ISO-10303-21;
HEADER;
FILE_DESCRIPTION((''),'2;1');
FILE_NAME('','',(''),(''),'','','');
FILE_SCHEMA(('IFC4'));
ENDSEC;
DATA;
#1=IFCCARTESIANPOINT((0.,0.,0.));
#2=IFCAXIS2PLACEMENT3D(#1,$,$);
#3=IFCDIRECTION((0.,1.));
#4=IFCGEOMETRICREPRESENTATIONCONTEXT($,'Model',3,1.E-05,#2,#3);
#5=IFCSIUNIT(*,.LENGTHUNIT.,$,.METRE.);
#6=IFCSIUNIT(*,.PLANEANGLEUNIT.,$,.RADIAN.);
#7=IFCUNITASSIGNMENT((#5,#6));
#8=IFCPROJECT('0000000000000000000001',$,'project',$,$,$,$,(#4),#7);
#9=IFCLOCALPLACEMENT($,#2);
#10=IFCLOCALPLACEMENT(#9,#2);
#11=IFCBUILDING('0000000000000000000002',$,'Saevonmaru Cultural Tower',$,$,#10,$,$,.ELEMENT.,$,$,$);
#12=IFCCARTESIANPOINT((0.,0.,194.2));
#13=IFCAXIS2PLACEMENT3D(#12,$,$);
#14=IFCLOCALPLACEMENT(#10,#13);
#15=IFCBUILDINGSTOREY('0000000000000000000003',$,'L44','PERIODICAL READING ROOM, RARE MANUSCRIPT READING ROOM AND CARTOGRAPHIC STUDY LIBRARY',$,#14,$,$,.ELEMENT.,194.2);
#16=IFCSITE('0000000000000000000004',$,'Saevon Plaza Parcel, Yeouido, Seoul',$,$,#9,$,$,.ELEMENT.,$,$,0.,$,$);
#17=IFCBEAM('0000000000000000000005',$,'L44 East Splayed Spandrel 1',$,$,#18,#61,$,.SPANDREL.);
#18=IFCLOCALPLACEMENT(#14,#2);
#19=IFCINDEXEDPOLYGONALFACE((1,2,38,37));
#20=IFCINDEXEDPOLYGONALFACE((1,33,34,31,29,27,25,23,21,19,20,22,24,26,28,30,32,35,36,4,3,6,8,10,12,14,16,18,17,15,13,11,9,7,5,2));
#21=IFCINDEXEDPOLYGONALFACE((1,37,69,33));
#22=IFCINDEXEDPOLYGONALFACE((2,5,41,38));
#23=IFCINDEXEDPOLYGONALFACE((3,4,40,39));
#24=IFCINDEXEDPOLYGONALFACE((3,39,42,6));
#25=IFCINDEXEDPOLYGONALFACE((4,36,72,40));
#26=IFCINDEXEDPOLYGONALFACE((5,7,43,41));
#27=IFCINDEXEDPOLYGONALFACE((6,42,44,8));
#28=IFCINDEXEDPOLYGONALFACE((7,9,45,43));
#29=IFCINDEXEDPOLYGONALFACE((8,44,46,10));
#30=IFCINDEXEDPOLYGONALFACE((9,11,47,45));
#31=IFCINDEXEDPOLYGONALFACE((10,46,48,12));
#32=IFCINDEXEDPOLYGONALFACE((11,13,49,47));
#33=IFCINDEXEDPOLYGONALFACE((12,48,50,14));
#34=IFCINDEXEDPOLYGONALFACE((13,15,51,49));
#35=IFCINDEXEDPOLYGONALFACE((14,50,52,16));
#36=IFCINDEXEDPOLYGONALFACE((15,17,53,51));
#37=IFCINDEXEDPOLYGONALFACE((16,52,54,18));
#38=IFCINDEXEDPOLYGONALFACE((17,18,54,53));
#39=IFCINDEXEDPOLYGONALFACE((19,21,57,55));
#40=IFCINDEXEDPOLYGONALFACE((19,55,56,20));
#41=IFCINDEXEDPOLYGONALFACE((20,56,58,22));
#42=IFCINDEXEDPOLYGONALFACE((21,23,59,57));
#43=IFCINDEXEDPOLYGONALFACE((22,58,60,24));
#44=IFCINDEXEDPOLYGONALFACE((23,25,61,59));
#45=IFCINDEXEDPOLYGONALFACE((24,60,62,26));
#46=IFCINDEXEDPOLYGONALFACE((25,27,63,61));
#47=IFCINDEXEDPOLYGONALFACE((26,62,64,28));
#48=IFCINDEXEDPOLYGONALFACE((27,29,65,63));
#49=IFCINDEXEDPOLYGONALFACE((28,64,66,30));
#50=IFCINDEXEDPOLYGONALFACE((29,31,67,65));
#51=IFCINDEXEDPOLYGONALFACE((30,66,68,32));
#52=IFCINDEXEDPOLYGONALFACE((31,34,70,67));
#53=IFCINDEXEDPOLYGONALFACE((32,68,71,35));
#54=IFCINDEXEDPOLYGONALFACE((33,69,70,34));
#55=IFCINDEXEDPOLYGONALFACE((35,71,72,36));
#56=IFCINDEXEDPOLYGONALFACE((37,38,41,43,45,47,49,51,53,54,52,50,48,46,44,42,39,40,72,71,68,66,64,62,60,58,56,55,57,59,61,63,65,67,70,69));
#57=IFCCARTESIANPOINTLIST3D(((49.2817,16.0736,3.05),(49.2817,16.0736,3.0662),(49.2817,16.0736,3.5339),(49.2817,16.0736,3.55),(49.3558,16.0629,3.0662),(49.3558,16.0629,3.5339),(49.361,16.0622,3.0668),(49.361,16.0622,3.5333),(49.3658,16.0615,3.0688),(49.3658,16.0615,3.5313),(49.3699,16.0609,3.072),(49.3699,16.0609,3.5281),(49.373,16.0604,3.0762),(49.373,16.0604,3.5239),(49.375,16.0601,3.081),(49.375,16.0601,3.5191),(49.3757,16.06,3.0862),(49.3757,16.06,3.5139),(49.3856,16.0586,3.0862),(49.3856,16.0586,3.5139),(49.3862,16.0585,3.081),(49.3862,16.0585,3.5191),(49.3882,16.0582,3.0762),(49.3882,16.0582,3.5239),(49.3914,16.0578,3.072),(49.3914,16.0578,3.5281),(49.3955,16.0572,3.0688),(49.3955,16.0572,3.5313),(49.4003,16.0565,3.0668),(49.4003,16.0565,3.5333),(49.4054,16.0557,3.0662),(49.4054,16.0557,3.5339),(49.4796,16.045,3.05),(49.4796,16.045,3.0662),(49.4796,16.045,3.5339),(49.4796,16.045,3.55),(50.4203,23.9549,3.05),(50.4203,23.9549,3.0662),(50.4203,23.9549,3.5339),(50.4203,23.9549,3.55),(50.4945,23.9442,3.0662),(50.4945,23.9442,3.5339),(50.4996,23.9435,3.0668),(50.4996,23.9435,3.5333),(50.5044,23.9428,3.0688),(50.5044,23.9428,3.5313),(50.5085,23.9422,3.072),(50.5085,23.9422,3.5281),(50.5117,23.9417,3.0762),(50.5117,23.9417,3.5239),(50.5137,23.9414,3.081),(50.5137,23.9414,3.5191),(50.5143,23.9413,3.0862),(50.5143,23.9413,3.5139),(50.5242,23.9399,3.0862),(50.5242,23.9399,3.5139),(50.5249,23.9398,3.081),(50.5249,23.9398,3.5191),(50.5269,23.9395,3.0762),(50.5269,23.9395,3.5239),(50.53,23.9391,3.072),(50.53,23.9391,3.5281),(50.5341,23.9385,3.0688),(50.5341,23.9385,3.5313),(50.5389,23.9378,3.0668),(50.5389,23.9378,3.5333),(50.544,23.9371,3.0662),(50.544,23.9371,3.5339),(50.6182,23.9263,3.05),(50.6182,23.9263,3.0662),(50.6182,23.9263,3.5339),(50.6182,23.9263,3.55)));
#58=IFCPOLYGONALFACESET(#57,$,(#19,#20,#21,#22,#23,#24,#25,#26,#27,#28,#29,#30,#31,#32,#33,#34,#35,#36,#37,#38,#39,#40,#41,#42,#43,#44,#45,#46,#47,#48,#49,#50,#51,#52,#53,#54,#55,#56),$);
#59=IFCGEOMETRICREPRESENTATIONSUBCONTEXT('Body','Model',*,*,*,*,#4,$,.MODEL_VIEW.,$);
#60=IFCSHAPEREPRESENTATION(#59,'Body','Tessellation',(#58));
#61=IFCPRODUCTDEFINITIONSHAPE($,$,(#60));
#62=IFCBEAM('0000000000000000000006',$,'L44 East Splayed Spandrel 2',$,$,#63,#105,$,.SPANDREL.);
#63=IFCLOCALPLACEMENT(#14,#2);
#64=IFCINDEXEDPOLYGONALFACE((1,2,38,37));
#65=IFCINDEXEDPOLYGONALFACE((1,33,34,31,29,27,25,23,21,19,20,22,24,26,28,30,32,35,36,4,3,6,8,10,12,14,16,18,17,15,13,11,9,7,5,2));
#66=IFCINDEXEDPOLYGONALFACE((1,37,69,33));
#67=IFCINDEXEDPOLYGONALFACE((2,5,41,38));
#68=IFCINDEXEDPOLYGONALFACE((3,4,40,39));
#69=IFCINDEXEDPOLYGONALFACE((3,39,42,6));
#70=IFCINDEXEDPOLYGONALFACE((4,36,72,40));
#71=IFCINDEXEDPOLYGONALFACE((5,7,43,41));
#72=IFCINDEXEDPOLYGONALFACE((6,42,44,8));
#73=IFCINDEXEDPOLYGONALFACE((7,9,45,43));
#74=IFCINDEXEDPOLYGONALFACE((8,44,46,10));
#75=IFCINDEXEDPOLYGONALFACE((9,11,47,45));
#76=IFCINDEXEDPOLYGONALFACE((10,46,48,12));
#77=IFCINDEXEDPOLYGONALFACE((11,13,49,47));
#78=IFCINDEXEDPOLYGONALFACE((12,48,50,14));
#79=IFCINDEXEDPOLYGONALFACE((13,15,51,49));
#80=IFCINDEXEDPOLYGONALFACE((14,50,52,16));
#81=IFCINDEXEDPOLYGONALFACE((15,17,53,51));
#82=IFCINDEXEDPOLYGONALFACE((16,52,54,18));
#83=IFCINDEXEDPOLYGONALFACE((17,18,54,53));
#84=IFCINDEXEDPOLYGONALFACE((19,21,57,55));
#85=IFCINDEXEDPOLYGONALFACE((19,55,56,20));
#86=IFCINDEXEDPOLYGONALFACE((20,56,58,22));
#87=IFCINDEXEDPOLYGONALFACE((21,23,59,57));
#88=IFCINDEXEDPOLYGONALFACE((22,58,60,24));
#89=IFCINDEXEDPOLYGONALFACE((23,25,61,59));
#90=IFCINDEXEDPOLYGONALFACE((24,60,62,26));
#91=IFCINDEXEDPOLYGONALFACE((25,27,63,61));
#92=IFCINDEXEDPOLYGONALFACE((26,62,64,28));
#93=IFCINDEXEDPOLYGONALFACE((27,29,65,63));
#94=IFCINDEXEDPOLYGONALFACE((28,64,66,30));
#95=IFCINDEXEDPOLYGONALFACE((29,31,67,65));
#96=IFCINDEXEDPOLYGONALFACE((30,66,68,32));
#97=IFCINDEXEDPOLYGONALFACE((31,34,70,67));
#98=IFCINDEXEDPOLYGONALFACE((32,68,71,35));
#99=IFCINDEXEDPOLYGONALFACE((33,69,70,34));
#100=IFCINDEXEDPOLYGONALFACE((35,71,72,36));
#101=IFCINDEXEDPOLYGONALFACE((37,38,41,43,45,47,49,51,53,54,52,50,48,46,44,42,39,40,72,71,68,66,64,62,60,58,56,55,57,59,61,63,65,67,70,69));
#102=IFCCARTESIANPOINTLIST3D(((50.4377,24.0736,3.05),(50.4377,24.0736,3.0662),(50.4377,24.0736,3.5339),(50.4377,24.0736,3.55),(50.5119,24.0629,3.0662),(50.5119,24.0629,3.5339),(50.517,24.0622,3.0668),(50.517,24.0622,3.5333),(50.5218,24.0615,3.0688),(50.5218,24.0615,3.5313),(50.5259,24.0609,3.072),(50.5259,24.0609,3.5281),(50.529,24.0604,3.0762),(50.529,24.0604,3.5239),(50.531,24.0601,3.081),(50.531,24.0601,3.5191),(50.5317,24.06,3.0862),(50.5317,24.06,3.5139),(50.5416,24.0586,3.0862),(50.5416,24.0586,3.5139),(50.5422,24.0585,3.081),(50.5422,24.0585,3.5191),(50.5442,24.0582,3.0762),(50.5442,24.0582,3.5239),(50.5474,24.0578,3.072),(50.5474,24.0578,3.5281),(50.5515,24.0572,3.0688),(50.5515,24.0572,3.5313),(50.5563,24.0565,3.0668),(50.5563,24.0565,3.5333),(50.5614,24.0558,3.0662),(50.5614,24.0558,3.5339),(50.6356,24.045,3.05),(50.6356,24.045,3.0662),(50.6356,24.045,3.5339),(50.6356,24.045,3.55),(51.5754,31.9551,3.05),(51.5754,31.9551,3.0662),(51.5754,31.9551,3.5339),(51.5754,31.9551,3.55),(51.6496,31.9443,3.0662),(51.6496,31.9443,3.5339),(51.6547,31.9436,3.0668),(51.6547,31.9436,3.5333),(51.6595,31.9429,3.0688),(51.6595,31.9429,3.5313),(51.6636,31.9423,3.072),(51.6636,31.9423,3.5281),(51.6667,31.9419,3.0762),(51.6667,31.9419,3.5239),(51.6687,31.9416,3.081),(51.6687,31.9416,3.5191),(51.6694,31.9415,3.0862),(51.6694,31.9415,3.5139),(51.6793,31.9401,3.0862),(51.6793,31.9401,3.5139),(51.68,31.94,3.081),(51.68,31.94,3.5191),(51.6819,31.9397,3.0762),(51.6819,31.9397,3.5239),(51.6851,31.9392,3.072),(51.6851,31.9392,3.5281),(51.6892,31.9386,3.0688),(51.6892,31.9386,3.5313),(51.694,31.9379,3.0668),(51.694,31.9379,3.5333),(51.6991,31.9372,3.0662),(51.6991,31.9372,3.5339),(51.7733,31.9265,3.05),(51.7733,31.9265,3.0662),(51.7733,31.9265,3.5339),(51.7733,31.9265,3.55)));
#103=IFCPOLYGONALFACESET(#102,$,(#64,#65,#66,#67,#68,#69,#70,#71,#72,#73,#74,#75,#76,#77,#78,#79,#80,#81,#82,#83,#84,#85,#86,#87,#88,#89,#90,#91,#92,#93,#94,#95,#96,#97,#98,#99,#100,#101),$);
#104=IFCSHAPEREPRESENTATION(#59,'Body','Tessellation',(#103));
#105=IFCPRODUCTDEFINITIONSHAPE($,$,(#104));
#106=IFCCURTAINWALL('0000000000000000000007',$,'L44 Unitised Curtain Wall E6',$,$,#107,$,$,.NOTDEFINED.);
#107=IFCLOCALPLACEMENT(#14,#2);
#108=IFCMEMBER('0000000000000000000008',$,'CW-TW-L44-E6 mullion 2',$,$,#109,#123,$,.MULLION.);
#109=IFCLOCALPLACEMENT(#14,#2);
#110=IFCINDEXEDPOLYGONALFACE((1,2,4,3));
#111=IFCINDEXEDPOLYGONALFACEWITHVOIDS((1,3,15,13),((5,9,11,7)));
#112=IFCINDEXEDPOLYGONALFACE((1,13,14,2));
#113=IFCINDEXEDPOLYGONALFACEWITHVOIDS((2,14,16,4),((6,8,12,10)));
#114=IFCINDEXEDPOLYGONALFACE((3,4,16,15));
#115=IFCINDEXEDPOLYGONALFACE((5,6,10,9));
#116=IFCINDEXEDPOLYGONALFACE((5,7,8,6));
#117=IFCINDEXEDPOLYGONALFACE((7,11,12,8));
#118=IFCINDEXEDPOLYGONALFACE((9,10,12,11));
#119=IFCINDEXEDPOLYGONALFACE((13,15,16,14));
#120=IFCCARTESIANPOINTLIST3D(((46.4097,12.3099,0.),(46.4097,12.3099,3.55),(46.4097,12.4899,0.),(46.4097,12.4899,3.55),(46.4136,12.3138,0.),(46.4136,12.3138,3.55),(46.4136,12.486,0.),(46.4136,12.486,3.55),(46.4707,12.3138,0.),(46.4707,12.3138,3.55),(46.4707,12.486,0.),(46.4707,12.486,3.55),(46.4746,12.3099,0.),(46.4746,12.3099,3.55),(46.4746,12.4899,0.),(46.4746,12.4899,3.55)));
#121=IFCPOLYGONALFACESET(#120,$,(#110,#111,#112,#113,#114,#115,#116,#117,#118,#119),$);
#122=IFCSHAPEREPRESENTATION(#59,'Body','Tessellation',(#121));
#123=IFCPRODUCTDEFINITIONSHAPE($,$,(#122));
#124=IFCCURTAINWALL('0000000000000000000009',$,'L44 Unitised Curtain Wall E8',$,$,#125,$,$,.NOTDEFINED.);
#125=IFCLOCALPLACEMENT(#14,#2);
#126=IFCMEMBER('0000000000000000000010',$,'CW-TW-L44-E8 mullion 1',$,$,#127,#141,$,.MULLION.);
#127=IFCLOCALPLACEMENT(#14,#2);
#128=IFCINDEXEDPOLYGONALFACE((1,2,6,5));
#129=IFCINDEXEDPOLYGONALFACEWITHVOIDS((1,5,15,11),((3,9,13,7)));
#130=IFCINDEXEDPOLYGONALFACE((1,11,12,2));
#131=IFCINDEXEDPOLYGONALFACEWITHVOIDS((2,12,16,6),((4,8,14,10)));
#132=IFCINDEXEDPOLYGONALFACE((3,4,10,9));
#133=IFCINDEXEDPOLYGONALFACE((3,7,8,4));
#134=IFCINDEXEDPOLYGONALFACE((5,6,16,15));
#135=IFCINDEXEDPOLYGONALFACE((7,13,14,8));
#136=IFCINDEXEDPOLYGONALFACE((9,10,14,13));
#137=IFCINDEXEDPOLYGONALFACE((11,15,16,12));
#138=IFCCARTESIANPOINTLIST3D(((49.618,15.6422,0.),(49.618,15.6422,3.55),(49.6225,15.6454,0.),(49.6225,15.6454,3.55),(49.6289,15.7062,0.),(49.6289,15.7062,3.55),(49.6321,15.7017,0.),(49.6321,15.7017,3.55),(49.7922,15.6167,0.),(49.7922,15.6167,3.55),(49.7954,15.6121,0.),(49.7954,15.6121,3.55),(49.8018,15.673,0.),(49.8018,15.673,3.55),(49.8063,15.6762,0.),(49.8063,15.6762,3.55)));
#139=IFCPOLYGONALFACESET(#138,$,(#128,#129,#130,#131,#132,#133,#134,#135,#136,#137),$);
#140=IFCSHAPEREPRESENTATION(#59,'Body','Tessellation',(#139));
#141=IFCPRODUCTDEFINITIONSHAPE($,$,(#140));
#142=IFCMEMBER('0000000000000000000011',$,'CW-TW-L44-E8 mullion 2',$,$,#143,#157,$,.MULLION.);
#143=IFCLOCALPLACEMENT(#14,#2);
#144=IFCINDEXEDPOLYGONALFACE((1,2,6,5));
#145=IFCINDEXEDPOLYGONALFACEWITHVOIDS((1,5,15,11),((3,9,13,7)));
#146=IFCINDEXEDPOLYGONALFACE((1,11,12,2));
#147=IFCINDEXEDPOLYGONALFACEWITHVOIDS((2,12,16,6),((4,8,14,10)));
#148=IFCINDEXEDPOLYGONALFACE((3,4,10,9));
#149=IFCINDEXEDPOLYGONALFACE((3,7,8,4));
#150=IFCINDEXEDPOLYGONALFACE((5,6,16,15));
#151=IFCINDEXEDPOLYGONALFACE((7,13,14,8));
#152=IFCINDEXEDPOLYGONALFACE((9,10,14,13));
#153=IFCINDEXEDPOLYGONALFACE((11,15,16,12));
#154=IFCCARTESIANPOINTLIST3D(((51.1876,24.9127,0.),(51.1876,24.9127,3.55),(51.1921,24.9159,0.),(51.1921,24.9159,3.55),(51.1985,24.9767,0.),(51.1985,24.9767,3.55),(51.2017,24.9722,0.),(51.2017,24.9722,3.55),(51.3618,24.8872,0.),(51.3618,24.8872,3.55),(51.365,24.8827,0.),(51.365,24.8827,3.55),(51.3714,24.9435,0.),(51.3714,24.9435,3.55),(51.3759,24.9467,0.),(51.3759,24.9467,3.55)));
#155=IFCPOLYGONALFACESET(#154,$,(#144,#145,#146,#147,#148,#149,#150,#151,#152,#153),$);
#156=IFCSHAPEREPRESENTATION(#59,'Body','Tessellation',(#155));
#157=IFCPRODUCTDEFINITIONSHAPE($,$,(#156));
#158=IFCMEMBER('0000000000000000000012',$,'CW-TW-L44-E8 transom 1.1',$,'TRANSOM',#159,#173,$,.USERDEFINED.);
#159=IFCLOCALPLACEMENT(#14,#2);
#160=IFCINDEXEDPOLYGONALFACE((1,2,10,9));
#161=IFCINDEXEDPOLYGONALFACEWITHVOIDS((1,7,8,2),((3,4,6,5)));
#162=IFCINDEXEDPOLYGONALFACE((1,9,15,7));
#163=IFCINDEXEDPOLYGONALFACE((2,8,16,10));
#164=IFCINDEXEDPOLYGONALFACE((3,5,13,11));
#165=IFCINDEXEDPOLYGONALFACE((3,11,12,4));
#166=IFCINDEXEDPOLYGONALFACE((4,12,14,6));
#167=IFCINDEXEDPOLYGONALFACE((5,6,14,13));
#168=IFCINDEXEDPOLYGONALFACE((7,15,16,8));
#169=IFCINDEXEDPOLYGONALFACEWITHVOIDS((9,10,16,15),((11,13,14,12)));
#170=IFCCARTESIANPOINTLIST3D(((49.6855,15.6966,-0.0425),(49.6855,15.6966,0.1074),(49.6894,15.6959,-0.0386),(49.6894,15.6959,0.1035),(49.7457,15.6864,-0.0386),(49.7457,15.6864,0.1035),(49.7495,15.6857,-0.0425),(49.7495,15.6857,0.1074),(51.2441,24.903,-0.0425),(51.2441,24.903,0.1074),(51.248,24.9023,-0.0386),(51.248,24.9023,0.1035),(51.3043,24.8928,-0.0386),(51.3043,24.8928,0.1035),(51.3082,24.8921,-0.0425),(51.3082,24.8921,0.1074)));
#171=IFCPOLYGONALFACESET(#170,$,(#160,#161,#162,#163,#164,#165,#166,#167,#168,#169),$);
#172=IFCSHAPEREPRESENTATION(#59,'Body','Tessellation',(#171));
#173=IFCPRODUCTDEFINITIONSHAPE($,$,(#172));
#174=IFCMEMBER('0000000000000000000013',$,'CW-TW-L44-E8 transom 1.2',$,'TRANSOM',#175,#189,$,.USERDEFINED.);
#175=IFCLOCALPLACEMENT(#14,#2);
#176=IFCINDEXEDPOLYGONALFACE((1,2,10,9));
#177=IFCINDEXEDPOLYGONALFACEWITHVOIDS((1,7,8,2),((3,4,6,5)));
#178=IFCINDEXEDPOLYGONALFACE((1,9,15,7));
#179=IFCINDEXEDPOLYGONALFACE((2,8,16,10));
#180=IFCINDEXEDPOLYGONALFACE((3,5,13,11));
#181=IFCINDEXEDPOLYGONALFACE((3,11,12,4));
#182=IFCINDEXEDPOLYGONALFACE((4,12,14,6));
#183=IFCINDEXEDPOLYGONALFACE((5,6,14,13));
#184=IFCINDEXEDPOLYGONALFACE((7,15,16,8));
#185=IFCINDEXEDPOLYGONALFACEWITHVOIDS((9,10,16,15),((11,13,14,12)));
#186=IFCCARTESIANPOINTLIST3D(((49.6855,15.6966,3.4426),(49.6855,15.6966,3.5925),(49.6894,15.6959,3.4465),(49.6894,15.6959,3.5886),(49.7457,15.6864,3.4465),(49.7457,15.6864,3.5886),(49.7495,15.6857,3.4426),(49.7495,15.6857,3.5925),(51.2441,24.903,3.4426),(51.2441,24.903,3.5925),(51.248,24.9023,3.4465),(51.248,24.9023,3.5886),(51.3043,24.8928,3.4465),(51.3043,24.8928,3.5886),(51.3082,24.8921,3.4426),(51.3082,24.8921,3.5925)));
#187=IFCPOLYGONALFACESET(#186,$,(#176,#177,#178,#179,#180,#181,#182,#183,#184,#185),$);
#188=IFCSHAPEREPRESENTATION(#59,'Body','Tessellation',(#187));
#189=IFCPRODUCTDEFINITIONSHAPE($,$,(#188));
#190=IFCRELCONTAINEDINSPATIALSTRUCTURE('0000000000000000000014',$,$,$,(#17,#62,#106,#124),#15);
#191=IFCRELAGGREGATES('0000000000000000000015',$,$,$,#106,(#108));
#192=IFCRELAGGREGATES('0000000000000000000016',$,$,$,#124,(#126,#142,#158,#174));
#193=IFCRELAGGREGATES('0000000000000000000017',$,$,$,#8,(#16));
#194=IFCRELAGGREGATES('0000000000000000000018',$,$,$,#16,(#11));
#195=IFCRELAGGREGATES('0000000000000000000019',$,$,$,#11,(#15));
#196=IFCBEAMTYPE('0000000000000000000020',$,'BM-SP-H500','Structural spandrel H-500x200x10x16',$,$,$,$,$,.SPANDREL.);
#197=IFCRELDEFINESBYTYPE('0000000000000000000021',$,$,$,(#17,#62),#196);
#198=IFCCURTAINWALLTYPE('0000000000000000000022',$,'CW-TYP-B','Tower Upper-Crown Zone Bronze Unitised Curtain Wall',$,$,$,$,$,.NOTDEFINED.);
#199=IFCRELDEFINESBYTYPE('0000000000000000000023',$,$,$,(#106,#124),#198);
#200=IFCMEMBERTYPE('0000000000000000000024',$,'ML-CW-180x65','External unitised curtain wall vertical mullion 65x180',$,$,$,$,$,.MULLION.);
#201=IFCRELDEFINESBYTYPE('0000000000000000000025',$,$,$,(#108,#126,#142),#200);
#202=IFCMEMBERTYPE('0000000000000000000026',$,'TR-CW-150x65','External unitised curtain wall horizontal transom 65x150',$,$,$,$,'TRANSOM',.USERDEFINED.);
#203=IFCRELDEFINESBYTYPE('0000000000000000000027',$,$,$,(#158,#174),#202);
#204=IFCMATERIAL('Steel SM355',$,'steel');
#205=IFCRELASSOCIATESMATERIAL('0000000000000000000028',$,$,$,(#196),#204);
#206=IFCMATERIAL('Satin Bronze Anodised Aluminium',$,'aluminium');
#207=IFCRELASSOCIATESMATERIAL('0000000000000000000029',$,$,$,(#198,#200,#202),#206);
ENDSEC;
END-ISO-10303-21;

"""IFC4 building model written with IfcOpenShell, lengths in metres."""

from ifc_helpers import new_model, si_unit, direction, frame, origin, origin_2d, place, context, subcontext, project, spatial, hollow_rectangle, i_section, extrude, material, material_profile, profile_set, type_object, element, aggregate, save


model = new_model("IFC4")

# Units and contexts
model_context = context("Model", 3, precision=1e-05, world=origin(), true_north=direction((0.0, 1.0)))
body_context = subcontext(model_context, "Body", "Model", "MODEL_VIEW")
ifc_project = project(units=[si_unit("LENGTHUNIT", "METRE"), si_unit("PLANEANGLEUNIT", "RADIAN")], contexts=[model_context])

# Site, building, storey
site_placement = place(None, origin())
site = spatial("IfcSite", under=ifc_project, at=site_placement, Name="Saevon Plaza Parcel, Yeouido, Seoul", CompositionType="ELEMENT", RefElevation=0.0)
building_placement = place(site_placement, origin())
building = spatial("IfcBuilding", under=site, at=building_placement, Name="Saevonmaru Cultural Tower", CompositionType="ELEMENT")
storey_placement = place(building_placement, frame((0.0, 0.0, 194.2)))
storey = spatial("IfcBuildingStorey", under=building, at=storey_placement, Name="L44", Description="PERIODICAL READING ROOM, RARE MANUSCRIPT READING ROOM AND CARTOGRAPHIC STUDY LIBRARY", CompositionType="ELEMENT", Elevation=194.2)

# Shared definitions
ifc_material_1 = material(Name="Steel SM355", Category="steel")

# Beams
ifc_material_profile_1 = material_profile(ifc_material_1, i_section(OverallWidth=0.2, OverallDepth=0.5, WebThickness=0.01, FlangeThickness=0.0161, FilletRadius=0.02, at=origin_2d()), Name="H-500x200x10x16")
ifc_profile_set_1 = profile_set([ifc_material_profile_1], Name="Steel SM355")
beam_type_1 = type_object("IfcBeamType", Name="BM-SP-H500", Description="Structural spandrel H-500x200x10x16", PredefinedType="SPANDREL", material=ifc_profile_set_1)
for number, where, z_axis, x_axis, name in (
    (1, (49.3806, 16.0593, 3.3), (0.142992, 0.989724, 0.0), (-0.989724, 0.142992, 0.0), "L44 East Splayed Spandrel 1"),
    (2, (50.5366, 24.0593, 3.3), (0.142872, 0.989741, 0.0), (-0.989741, 0.142872, 0.0), "L44 East Splayed Spandrel 2"),
):
    element("IfcBeam", number, at=place(storey_placement, frame(where, z_axis=z_axis, x_axis=x_axis)), inside=storey, type_object=beam_type_1, Name=name, PredefinedType="SPANDREL", context=body_context, shape_type="SweptSolid", body=[
        extrude(i_section(OverallWidth=0.2, OverallDepth=0.5, WebThickness=0.01, FlangeThickness=0.0161, FilletRadius=0.02, at=origin_2d()), origin(), (0.0, 0.0, 1.0), 7.9631),
    ])

# Curtain wall, member
ifc_material_2 = material(Name="Satin Bronze Anodised Aluminium", Category="aluminium")
curtain_wall_type = type_object("IfcCurtainWallType", Name="CW-TYP-B", Description="Tower Upper-Crown Zone Bronze Unitised Curtain Wall", PredefinedType="NOTDEFINED", material=ifc_material_2)
curtain_wall_1_placement = place(storey_placement, origin())
curtain_wall_1 = element("IfcCurtainWall", 3, at=curtain_wall_1_placement, inside=storey, type_object=curtain_wall_type, Name="L44 Unitised Curtain Wall E6", PredefinedType="NOTDEFINED")
ifc_material_profile_2 = material_profile(ifc_material_2, hollow_rectangle(XDim=0.0649, YDim=0.1799, WallThickness=0.0039, at=origin_2d()), Name="ALU-MULL-180x65x4")
ifc_profile_set_2 = profile_set([ifc_material_profile_2], Name="Satin Bronze Anodised Aluminium")
member_type_1 = type_object("IfcMemberType", Name="ML-CW-180x65", Description="External unitised curtain wall vertical mullion 65x180", PredefinedType="MULLION", material=ifc_profile_set_2)
member_1_placement = place(storey_placement, frame((46.4421, 12.3999, 0.0), z_axis=(0.0, 0.0, 1.0), x_axis=(1.0, 0.0, 0.0)))
member_1 = element("IfcMember", 4, at=member_1_placement, type_object=member_type_1, Name="CW-TW-L44-E6 mullion 2", PredefinedType="MULLION", context=body_context, shape_type="SweptSolid", body=[
    extrude(hollow_rectangle(XDim=0.0649, YDim=0.1799, WallThickness=0.0039, at=origin_2d()), origin(), (0.0, 0.0, 1.0), 3.55),
])

# Curtain wall, members
curtain_wall_2_placement = place(storey_placement, origin())
curtain_wall_2 = element("IfcCurtainWall", 5, at=curtain_wall_2_placement, inside=storey, type_object=curtain_wall_type, Name="L44 Unitised Curtain Wall E8", PredefinedType="NOTDEFINED")
member_2_placement = place(storey_placement, frame((49.7122, 15.6592, 0.0), z_axis=(0.0, 0.0, 1.0), x_axis=(0.166922, 0.98597, 0.0)))
member_2 = element("IfcMember", 6, at=member_2_placement, type_object=member_type_1, Name="CW-TW-L44-E8 mullion 1", PredefinedType="MULLION", context=body_context, shape_type="SweptSolid", body=[
    extrude(hollow_rectangle(XDim=0.0649, YDim=0.1799, WallThickness=0.0039, at=origin_2d()), origin(), (0.0, 0.0, 1.0), 3.55),
])
member_3_placement = place(storey_placement, frame((51.2817, 24.9297, 0.0), z_axis=(0.0, 0.0, 1.0), x_axis=(0.166922, 0.98597, 0.0)))
member_3 = element("IfcMember", 7, at=member_3_placement, type_object=member_type_1, Name="CW-TW-L44-E8 mullion 2", PredefinedType="MULLION", context=body_context, shape_type="SweptSolid", body=[
    extrude(hollow_rectangle(XDim=0.0649, YDim=0.1799, WallThickness=0.0039, at=origin_2d()), origin(), (0.0, 0.0, 1.0), 3.55),
])
ifc_material_profile_3 = material_profile(ifc_material_2, hollow_rectangle(XDim=0.0649, YDim=0.1499, WallThickness=0.0039, at=origin_2d()), Name="ALU-TRAN-150x65x4")
ifc_profile_set_3 = profile_set([ifc_material_profile_3], Name="Satin Bronze Anodised Aluminium")
member_type_2 = type_object("IfcMemberType", Name="TR-CW-150x65", Description="External unitised curtain wall horizontal transom 65x150", ElementType="TRANSOM", PredefinedType="USERDEFINED", material=ifc_profile_set_3)
member_4_placement = place(storey_placement, frame((49.7175, 15.6912, 0.0325), z_axis=(0.166921, 0.98597, 0.0), x_axis=(-0.98597, 0.166921, 0.0)))
member_4 = element("IfcMember", 8, at=member_4_placement, type_object=member_type_2, Name="CW-TW-L44-E8 transom 1.1", ObjectType="TRANSOM", PredefinedType="USERDEFINED", context=body_context, shape_type="SweptSolid", body=[
    extrude(hollow_rectangle(XDim=0.0649, YDim=0.1499, WallThickness=0.0039, at=origin_2d()), origin(), (0.0, 0.0, 1.0), 9.3374),
])
member_5_placement = place(storey_placement, frame((49.7175, 15.6912, 3.5176), z_axis=(0.166921, 0.98597, 0.0), x_axis=(-0.98597, 0.166921, 0.0)))
member_5 = element("IfcMember", 9, at=member_5_placement, type_object=member_type_2, Name="CW-TW-L44-E8 transom 1.2", ObjectType="TRANSOM", PredefinedType="USERDEFINED", context=body_context, shape_type="SweptSolid", body=[
    extrude(hollow_rectangle(XDim=0.0649, YDim=0.1499, WallThickness=0.0039, at=origin_2d()), origin(), (0.0, 0.0, 1.0), 9.3374),
])

aggregate(curtain_wall_1, [member_1])
aggregate(curtain_wall_2, [member_2, member_3, member_4, member_5])

save(model, "model.ifc")
